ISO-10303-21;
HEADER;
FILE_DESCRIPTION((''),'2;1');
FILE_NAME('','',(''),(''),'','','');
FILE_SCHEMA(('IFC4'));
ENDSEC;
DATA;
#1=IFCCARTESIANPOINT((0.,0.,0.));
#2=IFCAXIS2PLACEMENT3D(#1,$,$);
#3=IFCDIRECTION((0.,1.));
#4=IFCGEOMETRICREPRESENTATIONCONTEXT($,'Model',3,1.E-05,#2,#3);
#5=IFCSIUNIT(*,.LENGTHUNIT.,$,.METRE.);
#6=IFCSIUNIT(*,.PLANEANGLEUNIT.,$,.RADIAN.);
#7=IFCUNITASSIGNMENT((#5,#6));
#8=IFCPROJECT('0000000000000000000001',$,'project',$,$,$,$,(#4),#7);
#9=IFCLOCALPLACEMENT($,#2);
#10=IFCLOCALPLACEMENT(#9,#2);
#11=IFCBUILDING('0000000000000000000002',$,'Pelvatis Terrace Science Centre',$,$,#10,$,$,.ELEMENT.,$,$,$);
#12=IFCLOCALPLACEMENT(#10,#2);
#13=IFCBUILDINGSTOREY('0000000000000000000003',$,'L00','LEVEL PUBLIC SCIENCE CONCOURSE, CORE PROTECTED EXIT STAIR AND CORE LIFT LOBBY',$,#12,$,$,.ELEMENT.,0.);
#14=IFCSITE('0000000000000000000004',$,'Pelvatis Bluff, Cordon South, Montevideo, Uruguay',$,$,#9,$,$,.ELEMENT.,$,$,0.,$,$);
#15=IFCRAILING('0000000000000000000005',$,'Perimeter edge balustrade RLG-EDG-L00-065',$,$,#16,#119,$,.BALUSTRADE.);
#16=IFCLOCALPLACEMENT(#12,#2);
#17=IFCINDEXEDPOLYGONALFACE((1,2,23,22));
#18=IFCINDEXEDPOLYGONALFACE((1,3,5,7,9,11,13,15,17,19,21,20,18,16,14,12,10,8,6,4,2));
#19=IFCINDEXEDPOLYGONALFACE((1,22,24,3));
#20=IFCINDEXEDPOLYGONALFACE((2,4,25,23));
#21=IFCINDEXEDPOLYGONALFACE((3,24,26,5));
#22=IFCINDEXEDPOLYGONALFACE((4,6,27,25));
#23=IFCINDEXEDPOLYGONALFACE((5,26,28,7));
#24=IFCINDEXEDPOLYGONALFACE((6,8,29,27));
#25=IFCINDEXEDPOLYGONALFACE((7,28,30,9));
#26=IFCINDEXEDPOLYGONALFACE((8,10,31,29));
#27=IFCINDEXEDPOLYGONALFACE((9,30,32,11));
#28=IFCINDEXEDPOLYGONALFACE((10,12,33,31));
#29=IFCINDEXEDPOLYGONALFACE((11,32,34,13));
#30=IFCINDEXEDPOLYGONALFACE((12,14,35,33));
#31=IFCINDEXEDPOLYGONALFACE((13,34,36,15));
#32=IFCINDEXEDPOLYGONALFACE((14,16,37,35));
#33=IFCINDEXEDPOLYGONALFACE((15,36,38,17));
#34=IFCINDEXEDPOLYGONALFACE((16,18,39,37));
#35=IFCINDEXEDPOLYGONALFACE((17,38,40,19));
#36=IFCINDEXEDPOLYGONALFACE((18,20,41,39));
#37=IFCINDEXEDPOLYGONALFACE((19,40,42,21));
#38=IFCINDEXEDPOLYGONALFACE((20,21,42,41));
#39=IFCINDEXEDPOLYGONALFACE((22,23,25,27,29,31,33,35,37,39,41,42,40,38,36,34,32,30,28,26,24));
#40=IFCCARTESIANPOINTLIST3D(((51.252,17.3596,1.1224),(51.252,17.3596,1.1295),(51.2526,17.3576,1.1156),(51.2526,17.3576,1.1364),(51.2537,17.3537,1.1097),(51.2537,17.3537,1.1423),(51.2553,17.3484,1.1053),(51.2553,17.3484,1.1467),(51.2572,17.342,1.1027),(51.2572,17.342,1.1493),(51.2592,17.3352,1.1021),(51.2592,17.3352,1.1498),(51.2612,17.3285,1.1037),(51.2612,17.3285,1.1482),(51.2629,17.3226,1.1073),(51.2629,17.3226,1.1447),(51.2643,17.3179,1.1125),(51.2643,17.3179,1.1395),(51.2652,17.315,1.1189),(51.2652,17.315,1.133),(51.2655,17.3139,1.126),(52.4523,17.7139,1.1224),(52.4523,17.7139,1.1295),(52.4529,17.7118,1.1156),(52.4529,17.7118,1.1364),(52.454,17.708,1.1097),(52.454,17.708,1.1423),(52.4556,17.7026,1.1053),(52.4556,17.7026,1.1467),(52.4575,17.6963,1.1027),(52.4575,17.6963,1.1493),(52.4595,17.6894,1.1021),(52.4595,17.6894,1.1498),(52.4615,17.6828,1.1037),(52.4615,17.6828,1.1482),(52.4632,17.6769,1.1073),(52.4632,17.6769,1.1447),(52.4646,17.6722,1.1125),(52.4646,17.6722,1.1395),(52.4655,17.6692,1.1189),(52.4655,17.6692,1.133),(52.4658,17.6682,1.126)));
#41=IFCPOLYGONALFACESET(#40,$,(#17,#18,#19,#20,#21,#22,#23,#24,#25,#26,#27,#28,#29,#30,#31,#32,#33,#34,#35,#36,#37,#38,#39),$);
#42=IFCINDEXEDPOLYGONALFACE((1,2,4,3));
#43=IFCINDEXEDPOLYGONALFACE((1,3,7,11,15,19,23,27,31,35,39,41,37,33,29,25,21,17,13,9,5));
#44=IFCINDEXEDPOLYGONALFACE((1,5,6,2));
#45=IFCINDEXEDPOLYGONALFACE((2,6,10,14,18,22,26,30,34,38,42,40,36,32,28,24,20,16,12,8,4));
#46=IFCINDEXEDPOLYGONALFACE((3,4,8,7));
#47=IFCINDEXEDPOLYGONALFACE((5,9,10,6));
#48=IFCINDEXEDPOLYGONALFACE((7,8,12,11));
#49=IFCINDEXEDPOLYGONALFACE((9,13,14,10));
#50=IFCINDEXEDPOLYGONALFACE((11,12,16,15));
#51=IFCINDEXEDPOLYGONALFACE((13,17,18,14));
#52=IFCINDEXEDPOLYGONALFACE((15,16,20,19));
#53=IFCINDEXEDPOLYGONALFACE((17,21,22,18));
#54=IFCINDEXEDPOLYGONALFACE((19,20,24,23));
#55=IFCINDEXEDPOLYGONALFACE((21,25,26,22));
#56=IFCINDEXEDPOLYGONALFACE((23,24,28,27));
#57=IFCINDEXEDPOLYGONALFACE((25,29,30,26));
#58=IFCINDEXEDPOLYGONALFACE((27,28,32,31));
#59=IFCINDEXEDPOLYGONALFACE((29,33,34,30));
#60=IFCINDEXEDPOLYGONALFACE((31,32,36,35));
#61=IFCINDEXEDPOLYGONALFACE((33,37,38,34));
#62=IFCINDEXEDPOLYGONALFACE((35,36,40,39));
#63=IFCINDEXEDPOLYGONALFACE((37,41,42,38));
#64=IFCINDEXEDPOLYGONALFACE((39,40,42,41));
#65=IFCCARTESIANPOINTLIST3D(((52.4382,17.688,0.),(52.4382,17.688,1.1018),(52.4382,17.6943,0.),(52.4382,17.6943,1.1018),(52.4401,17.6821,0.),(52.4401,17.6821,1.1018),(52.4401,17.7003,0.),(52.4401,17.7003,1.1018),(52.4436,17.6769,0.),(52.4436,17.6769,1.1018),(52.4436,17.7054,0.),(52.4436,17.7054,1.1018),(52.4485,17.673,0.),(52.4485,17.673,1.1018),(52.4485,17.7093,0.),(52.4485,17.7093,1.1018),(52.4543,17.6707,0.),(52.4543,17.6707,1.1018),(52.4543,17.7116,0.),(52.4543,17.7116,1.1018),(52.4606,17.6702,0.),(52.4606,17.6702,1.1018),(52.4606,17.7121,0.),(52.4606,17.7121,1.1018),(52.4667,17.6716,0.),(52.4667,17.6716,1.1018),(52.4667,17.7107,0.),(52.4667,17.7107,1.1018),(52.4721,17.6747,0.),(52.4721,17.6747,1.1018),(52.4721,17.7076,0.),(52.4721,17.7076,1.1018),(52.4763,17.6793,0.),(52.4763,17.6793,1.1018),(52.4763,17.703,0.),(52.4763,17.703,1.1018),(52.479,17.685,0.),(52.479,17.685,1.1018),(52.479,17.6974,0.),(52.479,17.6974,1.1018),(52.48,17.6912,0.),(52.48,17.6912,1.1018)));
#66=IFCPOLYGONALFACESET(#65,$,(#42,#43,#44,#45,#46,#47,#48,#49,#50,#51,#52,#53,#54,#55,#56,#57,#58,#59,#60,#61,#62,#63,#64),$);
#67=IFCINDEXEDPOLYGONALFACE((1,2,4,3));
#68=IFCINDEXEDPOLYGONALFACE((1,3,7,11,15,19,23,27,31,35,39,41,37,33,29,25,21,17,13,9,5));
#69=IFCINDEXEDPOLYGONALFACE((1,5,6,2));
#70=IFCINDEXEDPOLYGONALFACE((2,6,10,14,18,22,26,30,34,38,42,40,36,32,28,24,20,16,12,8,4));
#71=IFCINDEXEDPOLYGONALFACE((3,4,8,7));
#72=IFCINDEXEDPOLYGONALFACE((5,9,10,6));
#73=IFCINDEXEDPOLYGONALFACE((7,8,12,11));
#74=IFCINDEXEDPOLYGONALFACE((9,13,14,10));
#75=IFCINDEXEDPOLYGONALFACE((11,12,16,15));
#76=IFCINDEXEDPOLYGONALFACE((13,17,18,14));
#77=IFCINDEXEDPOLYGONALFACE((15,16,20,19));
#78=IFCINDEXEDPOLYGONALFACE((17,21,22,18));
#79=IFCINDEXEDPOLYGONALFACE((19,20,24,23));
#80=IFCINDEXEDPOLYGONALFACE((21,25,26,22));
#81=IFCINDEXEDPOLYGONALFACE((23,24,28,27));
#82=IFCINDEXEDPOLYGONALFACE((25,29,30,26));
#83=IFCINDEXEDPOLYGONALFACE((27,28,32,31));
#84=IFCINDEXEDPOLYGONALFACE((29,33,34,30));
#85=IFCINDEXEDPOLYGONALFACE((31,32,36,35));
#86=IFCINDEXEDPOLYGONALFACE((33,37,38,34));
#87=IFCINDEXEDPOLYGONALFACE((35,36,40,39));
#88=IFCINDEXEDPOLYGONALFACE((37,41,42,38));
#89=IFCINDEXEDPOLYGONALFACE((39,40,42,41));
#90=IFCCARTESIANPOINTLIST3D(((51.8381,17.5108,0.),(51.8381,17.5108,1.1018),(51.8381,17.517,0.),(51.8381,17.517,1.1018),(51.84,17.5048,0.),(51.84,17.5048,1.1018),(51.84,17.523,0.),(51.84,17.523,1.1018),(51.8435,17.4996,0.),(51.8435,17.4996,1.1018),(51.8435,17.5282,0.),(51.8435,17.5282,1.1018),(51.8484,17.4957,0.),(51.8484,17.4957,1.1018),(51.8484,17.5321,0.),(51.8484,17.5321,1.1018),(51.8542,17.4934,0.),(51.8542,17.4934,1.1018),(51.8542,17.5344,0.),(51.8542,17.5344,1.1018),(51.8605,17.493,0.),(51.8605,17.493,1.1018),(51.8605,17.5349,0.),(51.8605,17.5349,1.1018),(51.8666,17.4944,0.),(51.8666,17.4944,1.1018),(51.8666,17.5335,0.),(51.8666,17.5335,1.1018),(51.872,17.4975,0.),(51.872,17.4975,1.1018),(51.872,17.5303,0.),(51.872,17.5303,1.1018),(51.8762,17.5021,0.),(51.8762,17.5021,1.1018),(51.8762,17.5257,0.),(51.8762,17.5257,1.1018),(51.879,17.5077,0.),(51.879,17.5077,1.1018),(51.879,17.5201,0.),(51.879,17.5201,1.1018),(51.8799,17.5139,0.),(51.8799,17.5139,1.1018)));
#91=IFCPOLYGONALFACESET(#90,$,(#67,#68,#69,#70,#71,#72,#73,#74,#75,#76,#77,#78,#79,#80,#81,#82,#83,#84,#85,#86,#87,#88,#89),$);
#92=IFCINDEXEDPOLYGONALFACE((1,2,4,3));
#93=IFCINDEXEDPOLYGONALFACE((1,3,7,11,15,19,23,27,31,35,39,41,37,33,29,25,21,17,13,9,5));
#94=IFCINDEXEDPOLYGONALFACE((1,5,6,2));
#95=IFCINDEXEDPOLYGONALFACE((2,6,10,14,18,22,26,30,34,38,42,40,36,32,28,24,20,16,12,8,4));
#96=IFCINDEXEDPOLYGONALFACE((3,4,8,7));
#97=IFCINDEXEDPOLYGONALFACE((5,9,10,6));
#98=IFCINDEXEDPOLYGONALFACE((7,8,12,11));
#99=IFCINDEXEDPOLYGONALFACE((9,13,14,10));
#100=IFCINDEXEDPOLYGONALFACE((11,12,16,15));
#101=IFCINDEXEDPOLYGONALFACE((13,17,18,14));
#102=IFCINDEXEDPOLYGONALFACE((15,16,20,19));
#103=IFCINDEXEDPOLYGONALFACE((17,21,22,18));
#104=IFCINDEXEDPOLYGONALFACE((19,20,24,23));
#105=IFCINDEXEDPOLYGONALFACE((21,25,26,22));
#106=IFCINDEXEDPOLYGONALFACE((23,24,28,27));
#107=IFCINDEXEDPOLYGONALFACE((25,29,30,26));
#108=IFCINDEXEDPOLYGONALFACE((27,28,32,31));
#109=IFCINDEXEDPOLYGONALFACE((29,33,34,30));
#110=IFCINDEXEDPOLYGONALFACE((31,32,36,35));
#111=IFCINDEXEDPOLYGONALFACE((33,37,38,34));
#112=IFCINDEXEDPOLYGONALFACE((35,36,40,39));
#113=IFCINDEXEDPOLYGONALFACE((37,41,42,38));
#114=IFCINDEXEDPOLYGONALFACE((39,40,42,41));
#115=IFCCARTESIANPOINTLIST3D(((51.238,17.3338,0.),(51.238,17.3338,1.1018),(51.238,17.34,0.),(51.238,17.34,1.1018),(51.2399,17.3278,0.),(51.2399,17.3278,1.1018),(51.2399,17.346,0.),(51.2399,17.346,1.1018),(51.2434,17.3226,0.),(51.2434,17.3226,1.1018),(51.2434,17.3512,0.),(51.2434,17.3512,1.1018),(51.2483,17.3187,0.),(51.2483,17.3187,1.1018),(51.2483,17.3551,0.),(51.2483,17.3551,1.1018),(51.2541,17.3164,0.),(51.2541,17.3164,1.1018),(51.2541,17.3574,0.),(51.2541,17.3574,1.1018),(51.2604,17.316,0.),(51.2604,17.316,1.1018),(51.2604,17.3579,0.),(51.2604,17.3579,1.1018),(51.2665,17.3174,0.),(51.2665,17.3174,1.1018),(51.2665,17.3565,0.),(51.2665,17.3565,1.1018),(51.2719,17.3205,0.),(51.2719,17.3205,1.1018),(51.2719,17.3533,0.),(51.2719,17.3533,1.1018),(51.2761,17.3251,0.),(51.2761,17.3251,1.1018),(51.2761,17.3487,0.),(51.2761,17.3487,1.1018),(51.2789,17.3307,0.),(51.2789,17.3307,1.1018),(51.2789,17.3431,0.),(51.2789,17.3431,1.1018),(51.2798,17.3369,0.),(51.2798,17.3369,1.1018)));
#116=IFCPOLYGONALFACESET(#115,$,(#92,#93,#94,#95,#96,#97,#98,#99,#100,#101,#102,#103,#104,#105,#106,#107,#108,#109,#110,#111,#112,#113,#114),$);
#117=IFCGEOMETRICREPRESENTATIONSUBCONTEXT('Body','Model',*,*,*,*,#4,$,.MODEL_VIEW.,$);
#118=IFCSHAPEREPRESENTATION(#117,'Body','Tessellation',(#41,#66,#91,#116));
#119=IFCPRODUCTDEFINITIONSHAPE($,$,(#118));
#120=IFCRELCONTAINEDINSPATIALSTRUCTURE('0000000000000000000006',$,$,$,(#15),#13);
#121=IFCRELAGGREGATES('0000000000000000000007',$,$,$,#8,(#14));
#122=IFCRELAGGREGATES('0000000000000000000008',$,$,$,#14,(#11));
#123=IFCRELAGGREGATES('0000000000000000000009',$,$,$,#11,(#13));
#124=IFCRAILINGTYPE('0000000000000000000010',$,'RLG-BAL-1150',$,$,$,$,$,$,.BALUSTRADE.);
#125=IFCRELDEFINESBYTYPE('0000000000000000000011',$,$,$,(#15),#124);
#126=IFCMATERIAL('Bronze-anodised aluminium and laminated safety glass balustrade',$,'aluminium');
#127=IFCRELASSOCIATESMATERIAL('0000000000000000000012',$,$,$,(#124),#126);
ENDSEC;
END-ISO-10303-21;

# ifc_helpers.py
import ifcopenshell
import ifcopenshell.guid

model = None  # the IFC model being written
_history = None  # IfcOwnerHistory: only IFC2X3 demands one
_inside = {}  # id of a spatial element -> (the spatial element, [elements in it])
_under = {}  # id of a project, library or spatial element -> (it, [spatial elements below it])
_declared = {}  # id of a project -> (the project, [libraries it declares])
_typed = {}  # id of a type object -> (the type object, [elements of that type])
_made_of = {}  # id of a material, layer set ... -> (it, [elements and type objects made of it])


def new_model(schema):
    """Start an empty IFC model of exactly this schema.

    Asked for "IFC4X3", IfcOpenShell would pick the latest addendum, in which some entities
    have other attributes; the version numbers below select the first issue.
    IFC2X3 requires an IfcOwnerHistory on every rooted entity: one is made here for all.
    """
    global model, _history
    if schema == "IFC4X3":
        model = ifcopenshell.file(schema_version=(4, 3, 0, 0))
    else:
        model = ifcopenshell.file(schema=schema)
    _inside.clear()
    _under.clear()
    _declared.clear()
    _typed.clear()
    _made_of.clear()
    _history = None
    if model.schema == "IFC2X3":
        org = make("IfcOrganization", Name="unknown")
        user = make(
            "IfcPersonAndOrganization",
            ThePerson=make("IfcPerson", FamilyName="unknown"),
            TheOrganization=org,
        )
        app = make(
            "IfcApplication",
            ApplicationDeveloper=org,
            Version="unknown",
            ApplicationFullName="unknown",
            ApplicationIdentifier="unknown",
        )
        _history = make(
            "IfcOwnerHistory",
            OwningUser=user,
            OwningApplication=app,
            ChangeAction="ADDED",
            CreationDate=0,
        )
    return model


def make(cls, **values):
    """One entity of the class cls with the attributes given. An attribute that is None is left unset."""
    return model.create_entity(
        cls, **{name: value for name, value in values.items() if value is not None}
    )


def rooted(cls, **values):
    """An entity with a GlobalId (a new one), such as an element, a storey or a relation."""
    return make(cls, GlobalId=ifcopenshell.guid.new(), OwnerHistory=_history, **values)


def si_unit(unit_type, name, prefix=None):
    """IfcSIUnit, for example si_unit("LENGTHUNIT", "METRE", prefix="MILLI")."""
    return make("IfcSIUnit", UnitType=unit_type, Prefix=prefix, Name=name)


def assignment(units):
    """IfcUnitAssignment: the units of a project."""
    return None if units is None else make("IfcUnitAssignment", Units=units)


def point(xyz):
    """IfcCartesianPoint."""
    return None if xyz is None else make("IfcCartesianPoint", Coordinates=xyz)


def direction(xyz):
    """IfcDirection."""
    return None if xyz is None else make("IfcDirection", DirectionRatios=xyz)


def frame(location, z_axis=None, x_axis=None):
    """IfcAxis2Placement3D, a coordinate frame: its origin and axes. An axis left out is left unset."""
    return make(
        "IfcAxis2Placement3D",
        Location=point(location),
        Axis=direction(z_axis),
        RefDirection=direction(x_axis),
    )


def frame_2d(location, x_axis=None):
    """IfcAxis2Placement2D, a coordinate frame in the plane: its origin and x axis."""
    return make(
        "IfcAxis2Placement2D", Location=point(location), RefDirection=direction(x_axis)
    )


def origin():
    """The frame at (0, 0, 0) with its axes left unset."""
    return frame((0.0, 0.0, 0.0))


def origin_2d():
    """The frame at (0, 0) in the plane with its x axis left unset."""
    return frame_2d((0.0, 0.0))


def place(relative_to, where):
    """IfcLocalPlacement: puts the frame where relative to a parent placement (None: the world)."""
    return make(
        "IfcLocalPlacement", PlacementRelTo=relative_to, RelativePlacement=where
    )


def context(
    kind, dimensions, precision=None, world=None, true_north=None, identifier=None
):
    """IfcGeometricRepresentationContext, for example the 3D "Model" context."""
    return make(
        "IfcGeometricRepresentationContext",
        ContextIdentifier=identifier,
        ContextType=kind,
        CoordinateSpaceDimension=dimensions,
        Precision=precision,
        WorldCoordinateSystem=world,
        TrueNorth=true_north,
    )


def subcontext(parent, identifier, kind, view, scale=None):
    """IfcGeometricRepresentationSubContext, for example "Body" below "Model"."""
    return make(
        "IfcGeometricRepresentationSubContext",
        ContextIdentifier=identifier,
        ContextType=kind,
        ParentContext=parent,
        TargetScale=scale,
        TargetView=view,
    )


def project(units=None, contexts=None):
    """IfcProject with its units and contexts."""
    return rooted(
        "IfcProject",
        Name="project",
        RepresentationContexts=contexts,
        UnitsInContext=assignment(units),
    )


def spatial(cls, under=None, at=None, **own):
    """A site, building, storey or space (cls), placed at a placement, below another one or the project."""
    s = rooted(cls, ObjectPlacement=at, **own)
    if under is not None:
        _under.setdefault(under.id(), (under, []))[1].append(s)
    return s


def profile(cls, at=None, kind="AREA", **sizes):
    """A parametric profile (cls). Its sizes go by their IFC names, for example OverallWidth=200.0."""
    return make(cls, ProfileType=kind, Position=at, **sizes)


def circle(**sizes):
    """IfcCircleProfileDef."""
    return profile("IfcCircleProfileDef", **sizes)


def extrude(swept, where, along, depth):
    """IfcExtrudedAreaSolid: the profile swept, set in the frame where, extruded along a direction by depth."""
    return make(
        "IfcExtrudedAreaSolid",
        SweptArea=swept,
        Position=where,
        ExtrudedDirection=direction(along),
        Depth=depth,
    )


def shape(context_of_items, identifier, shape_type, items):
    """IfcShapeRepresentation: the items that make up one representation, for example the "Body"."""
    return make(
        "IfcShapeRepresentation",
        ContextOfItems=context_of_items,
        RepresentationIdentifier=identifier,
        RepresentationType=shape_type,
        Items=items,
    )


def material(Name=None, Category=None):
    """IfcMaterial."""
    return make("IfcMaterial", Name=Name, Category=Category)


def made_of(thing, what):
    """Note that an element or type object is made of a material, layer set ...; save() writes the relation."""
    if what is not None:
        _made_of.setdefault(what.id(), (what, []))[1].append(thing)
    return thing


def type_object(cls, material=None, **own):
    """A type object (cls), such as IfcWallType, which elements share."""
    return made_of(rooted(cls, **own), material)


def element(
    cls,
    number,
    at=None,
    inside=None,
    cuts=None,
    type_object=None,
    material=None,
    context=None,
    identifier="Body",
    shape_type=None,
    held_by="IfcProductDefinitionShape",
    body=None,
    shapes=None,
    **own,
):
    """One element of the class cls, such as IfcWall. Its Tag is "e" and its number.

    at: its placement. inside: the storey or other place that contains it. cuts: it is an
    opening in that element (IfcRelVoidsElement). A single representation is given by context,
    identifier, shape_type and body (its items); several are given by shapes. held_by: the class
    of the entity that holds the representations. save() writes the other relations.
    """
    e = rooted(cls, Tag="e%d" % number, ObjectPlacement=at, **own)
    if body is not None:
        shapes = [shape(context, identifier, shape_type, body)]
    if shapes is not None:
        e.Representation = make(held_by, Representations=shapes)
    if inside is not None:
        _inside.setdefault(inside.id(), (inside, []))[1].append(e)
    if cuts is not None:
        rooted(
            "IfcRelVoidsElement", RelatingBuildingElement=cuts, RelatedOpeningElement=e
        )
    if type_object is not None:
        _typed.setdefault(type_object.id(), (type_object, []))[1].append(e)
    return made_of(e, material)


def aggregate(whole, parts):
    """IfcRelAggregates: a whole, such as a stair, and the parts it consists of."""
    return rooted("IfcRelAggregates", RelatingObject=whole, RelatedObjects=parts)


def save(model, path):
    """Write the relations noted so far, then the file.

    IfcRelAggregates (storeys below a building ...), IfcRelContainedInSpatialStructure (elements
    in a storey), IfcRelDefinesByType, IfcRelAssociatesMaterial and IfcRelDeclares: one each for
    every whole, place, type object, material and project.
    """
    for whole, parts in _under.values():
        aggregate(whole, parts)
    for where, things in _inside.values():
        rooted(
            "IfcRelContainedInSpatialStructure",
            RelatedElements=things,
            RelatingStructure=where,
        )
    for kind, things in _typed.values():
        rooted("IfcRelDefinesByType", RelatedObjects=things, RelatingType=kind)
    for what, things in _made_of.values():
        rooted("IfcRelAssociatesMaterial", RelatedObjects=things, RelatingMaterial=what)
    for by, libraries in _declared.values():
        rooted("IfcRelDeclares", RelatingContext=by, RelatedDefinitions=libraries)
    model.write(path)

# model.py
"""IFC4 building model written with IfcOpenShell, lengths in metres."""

from ifc_helpers import new_model, si_unit, direction, frame, origin, origin_2d, place, context, subcontext, project, spatial, circle, extrude, material, type_object, element, save


model = new_model("IFC4")

# Units and contexts
model_context = context("Model", 3, precision=1e-05, world=origin(), true_north=direction((0.0, 1.0)))
body_context = subcontext(model_context, "Body", "Model", "MODEL_VIEW")
ifc_project = project(units=[si_unit("LENGTHUNIT", "METRE"), si_unit("PLANEANGLEUNIT", "RADIAN")], contexts=[model_context])

# Site, building, storey
site_placement = place(None, origin())
site = spatial("IfcSite", under=ifc_project, at=site_placement, Name="Pelvatis Bluff, Cordon South, Montevideo, Uruguay", CompositionType="ELEMENT", RefElevation=0.0)
building_placement = place(site_placement, origin())
building = spatial("IfcBuilding", under=site, at=building_placement, Name="Pelvatis Terrace Science Centre", CompositionType="ELEMENT")
storey_placement = place(building_placement, origin())
storey = spatial("IfcBuildingStorey", under=building, at=storey_placement, Name="L00", Description="LEVEL PUBLIC SCIENCE CONCOURSE, CORE PROTECTED EXIT STAIR AND CORE LIFT LOBBY", CompositionType="ELEMENT", Elevation=0.0)

# Railing
ifc_material_1 = material(Name="Bronze-anodised aluminium and laminated safety glass balustrade", Category="aluminium")
railing_type = type_object("IfcRailingType", Name="RLG-BAL-1150", PredefinedType="BALUSTRADE", material=ifc_material_1)
railing_placement = place(storey_placement, frame((52.459, 17.6912, 0.0)))
element("IfcRailing", 1, at=railing_placement, inside=storey, type_object=railing_type, Name="Perimeter edge balustrade RLG-EDG-L00-065", PredefinedType="BALUSTRADE", context=body_context, shape_type="SweptSolid", body=[
    extrude(circle(Radius=0.0239, at=origin_2d()), frame((0.0, 0.0, 1.126), z_axis=(-0.959095, -0.283085, 0.0), x_axis=(0.283085, -0.959095, 0.0)), (0.0, 0.0, 1.0), 1.2515),
    extrude(circle(Radius=0.021, at=origin_2d()), origin(), (0.0, 0.0, 1.0), 1.1018),
    extrude(circle(Radius=0.021, at=origin_2d()), frame((-0.6001, -0.1772, 0.0)), (0.0, 0.0, 1.0), 1.1018),
    extrude(circle(Radius=0.021, at=origin_2d()), frame((-1.2002, -0.3542, 0.0)), (0.0, 0.0, 1.0), 1.1018),
])

save(model, "model.ifc")
